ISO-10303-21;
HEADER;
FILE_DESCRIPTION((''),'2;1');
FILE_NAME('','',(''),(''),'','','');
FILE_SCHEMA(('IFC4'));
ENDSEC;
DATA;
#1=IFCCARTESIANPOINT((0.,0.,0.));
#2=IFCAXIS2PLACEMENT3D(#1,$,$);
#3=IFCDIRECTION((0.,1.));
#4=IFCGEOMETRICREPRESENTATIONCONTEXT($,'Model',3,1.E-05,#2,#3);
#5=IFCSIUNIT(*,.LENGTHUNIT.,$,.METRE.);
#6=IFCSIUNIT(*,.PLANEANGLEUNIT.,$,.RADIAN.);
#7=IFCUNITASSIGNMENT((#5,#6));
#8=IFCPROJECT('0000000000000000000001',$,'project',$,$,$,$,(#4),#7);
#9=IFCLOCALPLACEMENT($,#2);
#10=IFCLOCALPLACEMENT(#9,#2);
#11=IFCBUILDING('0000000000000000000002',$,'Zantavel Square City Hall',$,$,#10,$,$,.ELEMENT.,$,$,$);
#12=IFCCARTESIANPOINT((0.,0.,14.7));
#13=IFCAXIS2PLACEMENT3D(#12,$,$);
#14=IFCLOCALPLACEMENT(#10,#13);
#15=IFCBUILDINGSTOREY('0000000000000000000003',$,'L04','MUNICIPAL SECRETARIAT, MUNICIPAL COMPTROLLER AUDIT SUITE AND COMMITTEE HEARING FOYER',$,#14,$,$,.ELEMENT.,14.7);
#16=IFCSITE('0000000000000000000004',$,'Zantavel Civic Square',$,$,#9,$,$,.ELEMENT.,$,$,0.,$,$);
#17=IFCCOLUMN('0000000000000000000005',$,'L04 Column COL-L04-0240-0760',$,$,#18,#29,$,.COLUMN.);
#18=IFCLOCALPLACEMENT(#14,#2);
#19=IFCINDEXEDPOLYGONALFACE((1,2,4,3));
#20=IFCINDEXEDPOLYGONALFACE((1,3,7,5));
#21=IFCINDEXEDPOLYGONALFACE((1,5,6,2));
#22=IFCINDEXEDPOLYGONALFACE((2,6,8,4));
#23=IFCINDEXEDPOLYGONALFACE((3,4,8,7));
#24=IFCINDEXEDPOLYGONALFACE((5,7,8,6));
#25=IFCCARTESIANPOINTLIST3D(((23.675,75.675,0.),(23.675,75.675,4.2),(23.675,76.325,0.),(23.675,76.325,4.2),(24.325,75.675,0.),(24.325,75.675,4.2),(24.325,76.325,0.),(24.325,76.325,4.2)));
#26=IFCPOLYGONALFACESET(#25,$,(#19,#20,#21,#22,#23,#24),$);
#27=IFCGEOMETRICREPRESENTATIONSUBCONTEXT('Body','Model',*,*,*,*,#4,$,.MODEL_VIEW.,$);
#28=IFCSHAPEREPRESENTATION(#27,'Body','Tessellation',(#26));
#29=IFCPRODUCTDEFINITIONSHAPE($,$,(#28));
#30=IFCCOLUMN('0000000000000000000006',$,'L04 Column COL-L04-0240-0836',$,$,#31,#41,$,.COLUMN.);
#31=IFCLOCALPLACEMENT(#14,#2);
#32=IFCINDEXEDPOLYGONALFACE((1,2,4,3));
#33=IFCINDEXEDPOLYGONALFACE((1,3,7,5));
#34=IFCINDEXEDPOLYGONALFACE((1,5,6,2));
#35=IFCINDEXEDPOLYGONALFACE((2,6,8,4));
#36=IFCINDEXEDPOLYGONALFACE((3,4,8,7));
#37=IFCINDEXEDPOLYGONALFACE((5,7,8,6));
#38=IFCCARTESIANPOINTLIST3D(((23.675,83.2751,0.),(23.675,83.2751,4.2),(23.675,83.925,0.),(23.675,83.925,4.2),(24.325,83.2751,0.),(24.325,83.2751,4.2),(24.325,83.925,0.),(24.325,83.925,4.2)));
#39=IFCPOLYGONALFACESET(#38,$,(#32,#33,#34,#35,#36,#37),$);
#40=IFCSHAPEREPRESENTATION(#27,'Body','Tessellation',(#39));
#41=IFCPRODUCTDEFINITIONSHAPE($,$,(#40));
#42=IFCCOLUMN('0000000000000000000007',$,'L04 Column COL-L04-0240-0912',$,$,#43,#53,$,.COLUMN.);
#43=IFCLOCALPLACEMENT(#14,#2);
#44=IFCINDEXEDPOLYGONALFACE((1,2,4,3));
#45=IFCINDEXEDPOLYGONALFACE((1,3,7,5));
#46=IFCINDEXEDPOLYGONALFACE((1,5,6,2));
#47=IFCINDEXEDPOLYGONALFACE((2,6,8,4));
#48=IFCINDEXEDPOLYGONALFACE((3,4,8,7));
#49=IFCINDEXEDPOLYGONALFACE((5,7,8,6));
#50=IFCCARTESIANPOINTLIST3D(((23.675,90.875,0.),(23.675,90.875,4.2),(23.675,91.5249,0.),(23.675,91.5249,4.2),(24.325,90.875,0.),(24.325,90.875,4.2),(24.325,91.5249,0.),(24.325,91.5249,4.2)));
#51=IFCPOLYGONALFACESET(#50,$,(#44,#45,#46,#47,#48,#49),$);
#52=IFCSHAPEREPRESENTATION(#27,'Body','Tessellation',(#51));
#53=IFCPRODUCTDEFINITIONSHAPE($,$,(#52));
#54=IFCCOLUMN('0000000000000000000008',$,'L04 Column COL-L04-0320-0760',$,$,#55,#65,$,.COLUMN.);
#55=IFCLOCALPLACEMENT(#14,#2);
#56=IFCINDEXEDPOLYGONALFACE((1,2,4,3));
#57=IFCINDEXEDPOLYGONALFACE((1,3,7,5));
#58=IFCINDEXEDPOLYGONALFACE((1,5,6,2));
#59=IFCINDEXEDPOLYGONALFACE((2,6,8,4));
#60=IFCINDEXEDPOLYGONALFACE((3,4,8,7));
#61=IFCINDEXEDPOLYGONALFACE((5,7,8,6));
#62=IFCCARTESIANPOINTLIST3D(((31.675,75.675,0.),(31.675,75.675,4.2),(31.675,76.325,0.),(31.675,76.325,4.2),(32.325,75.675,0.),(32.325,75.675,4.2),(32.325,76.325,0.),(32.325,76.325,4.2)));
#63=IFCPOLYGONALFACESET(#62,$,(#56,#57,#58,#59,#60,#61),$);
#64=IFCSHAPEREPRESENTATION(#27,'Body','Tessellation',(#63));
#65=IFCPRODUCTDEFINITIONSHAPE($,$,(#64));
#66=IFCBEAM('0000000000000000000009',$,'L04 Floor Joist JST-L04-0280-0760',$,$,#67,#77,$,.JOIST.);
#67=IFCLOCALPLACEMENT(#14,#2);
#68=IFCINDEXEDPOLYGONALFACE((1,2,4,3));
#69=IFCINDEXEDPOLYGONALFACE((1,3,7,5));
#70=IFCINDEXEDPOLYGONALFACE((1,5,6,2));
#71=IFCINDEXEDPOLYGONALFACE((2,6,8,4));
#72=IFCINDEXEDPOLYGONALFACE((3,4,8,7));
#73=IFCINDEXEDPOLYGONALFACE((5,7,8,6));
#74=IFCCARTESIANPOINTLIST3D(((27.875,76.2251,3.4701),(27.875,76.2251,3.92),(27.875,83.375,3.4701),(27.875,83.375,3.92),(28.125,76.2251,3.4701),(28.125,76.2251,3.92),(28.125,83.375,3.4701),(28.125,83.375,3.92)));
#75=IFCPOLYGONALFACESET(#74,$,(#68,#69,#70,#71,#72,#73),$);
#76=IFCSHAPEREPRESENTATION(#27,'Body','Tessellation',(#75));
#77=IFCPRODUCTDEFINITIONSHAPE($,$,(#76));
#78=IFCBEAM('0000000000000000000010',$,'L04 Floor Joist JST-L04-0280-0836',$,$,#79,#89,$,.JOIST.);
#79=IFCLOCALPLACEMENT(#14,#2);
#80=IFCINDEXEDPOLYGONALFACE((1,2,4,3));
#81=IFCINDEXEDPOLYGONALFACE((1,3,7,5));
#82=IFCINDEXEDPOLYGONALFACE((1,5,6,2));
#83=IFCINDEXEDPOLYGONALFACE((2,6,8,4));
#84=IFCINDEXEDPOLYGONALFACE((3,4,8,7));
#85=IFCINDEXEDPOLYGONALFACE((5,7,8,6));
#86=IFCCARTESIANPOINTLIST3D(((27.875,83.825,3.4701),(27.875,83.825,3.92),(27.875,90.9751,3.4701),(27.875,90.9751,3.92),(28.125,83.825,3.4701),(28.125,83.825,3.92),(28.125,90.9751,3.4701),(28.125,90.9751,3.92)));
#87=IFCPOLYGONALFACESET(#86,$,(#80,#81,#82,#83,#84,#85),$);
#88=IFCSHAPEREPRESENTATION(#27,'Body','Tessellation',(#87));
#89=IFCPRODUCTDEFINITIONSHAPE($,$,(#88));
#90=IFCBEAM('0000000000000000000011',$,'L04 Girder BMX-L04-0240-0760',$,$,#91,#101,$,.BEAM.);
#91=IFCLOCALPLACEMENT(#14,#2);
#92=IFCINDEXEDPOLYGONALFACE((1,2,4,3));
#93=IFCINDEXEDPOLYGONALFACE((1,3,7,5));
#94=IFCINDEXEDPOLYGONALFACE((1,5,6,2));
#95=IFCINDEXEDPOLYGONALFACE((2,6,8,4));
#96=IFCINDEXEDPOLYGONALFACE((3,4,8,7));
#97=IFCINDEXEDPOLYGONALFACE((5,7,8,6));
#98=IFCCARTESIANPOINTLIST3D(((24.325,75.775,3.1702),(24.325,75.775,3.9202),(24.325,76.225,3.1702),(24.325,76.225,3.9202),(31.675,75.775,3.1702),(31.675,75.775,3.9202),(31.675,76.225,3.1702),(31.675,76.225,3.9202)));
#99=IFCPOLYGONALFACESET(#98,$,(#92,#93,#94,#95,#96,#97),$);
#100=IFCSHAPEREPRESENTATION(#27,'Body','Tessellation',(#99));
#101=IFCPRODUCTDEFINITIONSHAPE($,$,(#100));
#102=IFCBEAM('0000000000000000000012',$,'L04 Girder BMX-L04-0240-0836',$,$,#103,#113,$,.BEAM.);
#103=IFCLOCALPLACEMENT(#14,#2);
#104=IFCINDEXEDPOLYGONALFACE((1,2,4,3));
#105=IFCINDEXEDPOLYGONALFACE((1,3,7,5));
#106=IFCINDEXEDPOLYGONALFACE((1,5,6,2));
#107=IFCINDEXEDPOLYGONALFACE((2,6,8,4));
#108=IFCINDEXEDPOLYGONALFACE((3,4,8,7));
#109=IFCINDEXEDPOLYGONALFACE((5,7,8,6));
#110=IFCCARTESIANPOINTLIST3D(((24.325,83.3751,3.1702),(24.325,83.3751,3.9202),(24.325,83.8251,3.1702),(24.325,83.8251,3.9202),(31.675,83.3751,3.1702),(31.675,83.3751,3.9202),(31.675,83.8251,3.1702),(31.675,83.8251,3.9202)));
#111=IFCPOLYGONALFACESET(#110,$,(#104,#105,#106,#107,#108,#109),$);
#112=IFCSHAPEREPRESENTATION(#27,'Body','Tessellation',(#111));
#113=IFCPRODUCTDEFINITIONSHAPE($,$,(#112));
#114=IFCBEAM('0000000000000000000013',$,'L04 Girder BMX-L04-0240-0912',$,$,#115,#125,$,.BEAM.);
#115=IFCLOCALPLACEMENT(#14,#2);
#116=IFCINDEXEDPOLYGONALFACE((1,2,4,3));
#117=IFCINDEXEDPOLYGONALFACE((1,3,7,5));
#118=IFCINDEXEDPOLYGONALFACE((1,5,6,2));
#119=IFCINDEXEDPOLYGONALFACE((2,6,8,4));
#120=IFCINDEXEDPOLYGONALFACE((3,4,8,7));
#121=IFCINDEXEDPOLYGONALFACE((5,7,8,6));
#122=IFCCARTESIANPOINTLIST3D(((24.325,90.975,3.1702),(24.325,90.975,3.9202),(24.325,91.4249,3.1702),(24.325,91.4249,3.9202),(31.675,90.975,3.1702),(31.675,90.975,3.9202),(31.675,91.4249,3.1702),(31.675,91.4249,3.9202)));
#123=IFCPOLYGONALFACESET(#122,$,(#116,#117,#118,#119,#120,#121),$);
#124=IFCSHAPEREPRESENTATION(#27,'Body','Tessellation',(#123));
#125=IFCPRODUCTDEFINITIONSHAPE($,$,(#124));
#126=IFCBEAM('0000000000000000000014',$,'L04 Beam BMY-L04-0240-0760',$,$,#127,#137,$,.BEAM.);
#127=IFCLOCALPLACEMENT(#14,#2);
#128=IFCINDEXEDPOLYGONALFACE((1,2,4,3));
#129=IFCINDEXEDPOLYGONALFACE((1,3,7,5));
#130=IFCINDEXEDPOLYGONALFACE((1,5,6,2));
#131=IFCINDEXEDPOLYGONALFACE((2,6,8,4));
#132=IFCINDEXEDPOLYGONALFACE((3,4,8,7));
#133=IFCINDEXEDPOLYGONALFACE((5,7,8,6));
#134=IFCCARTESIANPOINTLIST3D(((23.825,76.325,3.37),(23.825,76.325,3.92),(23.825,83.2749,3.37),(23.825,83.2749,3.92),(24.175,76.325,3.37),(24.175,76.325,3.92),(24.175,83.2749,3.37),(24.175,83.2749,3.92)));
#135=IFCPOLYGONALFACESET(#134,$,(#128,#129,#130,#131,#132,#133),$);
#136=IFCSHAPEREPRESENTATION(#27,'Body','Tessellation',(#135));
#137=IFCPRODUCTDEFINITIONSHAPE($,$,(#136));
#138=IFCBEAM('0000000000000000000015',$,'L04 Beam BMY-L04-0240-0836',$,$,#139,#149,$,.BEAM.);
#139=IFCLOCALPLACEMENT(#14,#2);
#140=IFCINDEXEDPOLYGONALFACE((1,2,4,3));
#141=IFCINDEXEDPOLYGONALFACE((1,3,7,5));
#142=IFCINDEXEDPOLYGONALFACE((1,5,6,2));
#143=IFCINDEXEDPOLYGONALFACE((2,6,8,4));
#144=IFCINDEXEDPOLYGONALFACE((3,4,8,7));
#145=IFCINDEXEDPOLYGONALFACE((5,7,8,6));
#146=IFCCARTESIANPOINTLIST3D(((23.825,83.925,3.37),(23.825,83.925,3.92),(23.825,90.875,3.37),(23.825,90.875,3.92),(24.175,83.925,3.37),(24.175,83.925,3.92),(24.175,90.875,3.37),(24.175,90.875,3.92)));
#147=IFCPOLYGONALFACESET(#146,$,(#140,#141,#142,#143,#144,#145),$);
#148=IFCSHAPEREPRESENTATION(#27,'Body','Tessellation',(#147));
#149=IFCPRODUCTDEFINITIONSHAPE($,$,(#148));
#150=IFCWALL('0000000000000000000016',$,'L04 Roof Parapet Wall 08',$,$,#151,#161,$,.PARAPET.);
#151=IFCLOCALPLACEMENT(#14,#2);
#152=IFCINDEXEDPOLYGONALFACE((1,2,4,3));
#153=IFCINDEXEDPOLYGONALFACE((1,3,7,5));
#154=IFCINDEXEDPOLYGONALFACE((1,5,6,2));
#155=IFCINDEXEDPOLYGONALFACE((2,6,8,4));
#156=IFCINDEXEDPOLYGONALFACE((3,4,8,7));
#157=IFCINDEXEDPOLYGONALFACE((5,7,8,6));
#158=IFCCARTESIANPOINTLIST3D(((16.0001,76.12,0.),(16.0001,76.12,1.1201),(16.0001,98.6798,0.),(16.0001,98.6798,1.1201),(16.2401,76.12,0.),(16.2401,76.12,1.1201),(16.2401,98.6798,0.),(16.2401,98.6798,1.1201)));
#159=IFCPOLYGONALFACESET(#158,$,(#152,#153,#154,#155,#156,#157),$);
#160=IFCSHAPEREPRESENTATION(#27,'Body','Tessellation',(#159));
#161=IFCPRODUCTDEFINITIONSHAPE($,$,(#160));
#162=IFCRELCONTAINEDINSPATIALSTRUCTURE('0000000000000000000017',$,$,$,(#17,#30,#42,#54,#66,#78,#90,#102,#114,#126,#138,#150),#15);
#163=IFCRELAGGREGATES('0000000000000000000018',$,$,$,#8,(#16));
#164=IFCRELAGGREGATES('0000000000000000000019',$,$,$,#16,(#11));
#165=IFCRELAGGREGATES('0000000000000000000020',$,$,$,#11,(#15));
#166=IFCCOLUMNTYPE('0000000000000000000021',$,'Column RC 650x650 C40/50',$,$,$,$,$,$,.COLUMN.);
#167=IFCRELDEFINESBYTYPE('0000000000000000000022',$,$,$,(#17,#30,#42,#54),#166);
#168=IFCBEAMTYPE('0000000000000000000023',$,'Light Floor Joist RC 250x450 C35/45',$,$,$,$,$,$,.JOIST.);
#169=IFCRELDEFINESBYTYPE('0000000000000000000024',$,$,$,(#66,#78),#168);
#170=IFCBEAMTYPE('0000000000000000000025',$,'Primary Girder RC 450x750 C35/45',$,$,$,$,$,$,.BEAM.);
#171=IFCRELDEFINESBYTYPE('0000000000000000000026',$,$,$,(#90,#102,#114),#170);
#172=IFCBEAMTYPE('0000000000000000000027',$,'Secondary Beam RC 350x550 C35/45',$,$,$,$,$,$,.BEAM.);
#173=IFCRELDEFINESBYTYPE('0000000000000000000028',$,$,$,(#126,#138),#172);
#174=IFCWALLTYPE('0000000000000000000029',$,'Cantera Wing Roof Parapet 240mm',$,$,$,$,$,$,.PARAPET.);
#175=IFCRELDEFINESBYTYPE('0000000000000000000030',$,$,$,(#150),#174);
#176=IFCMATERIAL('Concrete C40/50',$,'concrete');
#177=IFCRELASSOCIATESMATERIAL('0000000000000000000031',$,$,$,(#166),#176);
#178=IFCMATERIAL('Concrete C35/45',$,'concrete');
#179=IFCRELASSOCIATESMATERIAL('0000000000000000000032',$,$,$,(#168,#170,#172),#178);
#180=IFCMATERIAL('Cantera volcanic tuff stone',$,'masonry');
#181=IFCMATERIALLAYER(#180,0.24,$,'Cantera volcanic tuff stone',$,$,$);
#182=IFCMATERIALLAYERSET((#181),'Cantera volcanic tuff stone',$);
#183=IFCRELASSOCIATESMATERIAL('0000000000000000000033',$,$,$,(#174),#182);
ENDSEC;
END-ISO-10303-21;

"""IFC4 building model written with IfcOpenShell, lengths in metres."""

from ifc_helpers import new_model, si_unit, direction, frame, frame_2d, origin, origin_2d, place, context, subcontext, project, spatial, rectangle, extrude, material, layer, layer_set, material_profile, profile_set, type_object, element, save


model = new_model("IFC4")

# Units and contexts
model_context = context("Model", 3, precision=1e-05, world=origin(), true_north=direction((0.0, 1.0)))
body_context = subcontext(model_context, "Body", "Model", "MODEL_VIEW")
ifc_project = project(units=[si_unit("LENGTHUNIT", "METRE"), si_unit("PLANEANGLEUNIT", "RADIAN")], contexts=[model_context])

# Site, building, storey
site_placement = place(None, origin())
site = spatial("IfcSite", under=ifc_project, at=site_placement, Name="Zantavel Civic Square", CompositionType="ELEMENT", RefElevation=0.0)
building_placement = place(site_placement, origin())
building = spatial("IfcBuilding", under=site, at=building_placement, Name="Zantavel Square City Hall", CompositionType="ELEMENT")
storey_placement = place(building_placement, frame((0.0, 0.0, 14.7)))
storey = spatial("IfcBuildingStorey", under=building, at=storey_placement, Name="L04", Description="MUNICIPAL SECRETARIAT, MUNICIPAL COMPTROLLER AUDIT SUITE AND COMMITTEE HEARING FOYER", CompositionType="ELEMENT", Elevation=14.7)

# Columns
ifc_material_1 = material(Name="Concrete C40/50", Category="concrete")
ifc_material_profile_1 = material_profile(ifc_material_1, rectangle(XDim=0.6499, YDim=0.6499, at=origin_2d()), Name="RC 650x650")
ifc_profile_set_1 = profile_set([ifc_material_profile_1], Name="Concrete C40/50")
column_type = type_object("IfcColumnType", Name="Column RC 650x650 C40/50", PredefinedType="COLUMN", material=ifc_profile_set_1)
for number, where, z_axis, x_axis, name in (
    (1, (24.0, 76.0, 0.0), (0.0, 0.0, 1.0), (1.0, 0.0, 0.0), "L04 Column COL-L04-0240-0760"),
    (2, (24.0, 83.6001, 0.0), (0.0, 0.0, 1.0), (1.0, 0.0, 0.0), "L04 Column COL-L04-0240-0836"),
    (3, (24.0, 91.2, 0.0), (0.0, 0.0, 1.0), (1.0, 0.0, 0.0), "L04 Column COL-L04-0240-0912"),
    (4, (32.0, 76.0, 0.0), (0.0, 0.0, 1.0), (1.0, 0.0, 0.0), "L04 Column COL-L04-0320-0760"),
):
    element("IfcColumn", number, at=place(storey_placement, frame(where, z_axis=z_axis, x_axis=x_axis)), inside=storey, type_object=column_type, Name=name, PredefinedType="COLUMN", context=body_context, shape_type="SweptSolid", body=[
        extrude(rectangle(XDim=0.6499, YDim=0.6499, at=origin_2d()), origin(), (0.0, 0.0, 1.0), 4.2),
    ])

# Beams
ifc_material_2 = material(Name="Concrete C35/45", Category="concrete")
ifc_material_profile_2 = material_profile(ifc_material_2, rectangle(XDim=0.25, YDim=0.45, at=origin_2d()), Name="RC 250x450")
ifc_profile_set_2 = profile_set([ifc_material_profile_2], Name="Concrete C35/45")
beam_type_1 = type_object("IfcBeamType", Name="Light Floor Joist RC 250x450 C35/45", PredefinedType="JOIST", material=ifc_profile_set_2)
beam_1_placement = place(storey_placement, frame((28.0, 76.2251, 3.6951), z_axis=(0.0, 1.0, 0.0), x_axis=(-1.0, 0.0, 0.0)))
element("IfcBeam", 5, at=beam_1_placement, inside=storey, type_object=beam_type_1, Name="L04 Floor Joist JST-L04-0280-0760", PredefinedType="JOIST", context=body_context, shape_type="SweptSolid", body=[
    extrude(rectangle(XDim=0.25, YDim=0.45, at=origin_2d()), origin(), (0.0, 0.0, 1.0), 7.1499),
])
beam_2_placement = place(storey_placement, frame((28.0, 83.825, 3.6951), z_axis=(0.0, 1.0, 0.0), x_axis=(-1.0, 0.0, 0.0)))
element("IfcBeam", 6, at=beam_2_placement, inside=storey, type_object=beam_type_1, Name="L04 Floor Joist JST-L04-0280-0836", PredefinedType="JOIST", context=body_context, shape_type="SweptSolid", body=[
    extrude(rectangle(XDim=0.25, YDim=0.45, at=origin_2d()), origin(), (0.0, 0.0, 1.0), 7.1501),
])
ifc_material_profile_3 = material_profile(ifc_material_2, rectangle(XDim=0.45, YDim=0.75, at=origin_2d()), Name="RC 450x750")
ifc_profile_set_3 = profile_set([ifc_material_profile_3], Name="Concrete C35/45")
beam_type_2 = type_object("IfcBeamType", Name="Primary Girder RC 450x750 C35/45", PredefinedType="BEAM", material=ifc_profile_set_3)
for number, where, z_axis, x_axis, name in (
    (7, (24.325, 76.0, 3.5452), (1.0, 0.0, 0.0), (0.0, 1.0, 0.0), "L04 Girder BMX-L04-0240-0760"),
    (8, (24.325, 83.6001, 3.5452), (1.0, 0.0, 0.0), (0.0, 1.0, 0.0), "L04 Girder BMX-L04-0240-0836"),
    (9, (24.325, 91.2, 3.5452), (1.0, 0.0, 0.0), (0.0, 1.0, 0.0), "L04 Girder BMX-L04-0240-0912"),
):
    element("IfcBeam", number, at=place(storey_placement, frame(where, z_axis=z_axis, x_axis=x_axis)), inside=storey, type_object=beam_type_2, Name=name, PredefinedType="BEAM", context=body_context, shape_type="SweptSolid", body=[
        extrude(rectangle(XDim=0.45, YDim=0.75, at=origin_2d()), origin(), (0.0, 0.0, 1.0), 7.3501),
    ])
ifc_material_profile_4 = material_profile(ifc_material_2, rectangle(XDim=0.3501, YDim=0.55, at=origin_2d()), Name="RC 350x550")
ifc_profile_set_4 = profile_set([ifc_material_profile_4], Name="Concrete C35/45")
beam_type_3 = type_object("IfcBeamType", Name="Secondary Beam RC 350x550 C35/45", PredefinedType="BEAM", material=ifc_profile_set_4)
for number, where, z_axis, x_axis, name in (
    (10, (24.0, 76.325, 3.645), (0.0, 1.0, 0.0), (-1.0, 0.0, 0.0), "L04 Beam BMY-L04-0240-0760"),
    (11, (24.0, 83.925, 3.645), (0.0, 1.0, 0.0), (-1.0, 0.0, 0.0), "L04 Beam BMY-L04-0240-0836"),
):
    element("IfcBeam", number, at=place(storey_placement, frame(where, z_axis=z_axis, x_axis=x_axis)), inside=storey, type_object=beam_type_3, Name=name, PredefinedType="BEAM", context=body_context, shape_type="SweptSolid", body=[
        extrude(rectangle(XDim=0.3501, YDim=0.55, at=origin_2d()), origin(), (0.0, 0.0, 1.0), 6.95),
    ])

# Wall
ifc_material_3 = material(Name="Cantera volcanic tuff stone", Category="masonry")
ifc_layer_1 = layer(ifc_material_3, 0.24, Name="Cantera volcanic tuff stone")
ifc_layer_set_1 = layer_set([ifc_layer_1], Name="Cantera volcanic tuff stone")
wall_type_1 = type_object("IfcWallType", Name="Cantera Wing Roof Parapet 240mm", PredefinedType="PARAPET", material=ifc_layer_set_1)
wall_1_placement = place(storey_placement, frame((16.1201, 76.1201, 0.0), z_axis=(0.0, 0.0, 1.0), x_axis=(0.0, 1.0, 0.0)))
element("IfcWall", 12, at=wall_1_placement, inside=storey, type_object=wall_type_1, Name="L04 Roof Parapet Wall 08", PredefinedType="PARAPET", context=body_context, shape_type="SweptSolid", body=[
    extrude(rectangle(XDim=22.5598, YDim=0.24, at=frame_2d((11.2798, 0.0))), origin(), (0.0, 0.0, 1.0), 1.1201),
])

save(model, "model.ifc")
